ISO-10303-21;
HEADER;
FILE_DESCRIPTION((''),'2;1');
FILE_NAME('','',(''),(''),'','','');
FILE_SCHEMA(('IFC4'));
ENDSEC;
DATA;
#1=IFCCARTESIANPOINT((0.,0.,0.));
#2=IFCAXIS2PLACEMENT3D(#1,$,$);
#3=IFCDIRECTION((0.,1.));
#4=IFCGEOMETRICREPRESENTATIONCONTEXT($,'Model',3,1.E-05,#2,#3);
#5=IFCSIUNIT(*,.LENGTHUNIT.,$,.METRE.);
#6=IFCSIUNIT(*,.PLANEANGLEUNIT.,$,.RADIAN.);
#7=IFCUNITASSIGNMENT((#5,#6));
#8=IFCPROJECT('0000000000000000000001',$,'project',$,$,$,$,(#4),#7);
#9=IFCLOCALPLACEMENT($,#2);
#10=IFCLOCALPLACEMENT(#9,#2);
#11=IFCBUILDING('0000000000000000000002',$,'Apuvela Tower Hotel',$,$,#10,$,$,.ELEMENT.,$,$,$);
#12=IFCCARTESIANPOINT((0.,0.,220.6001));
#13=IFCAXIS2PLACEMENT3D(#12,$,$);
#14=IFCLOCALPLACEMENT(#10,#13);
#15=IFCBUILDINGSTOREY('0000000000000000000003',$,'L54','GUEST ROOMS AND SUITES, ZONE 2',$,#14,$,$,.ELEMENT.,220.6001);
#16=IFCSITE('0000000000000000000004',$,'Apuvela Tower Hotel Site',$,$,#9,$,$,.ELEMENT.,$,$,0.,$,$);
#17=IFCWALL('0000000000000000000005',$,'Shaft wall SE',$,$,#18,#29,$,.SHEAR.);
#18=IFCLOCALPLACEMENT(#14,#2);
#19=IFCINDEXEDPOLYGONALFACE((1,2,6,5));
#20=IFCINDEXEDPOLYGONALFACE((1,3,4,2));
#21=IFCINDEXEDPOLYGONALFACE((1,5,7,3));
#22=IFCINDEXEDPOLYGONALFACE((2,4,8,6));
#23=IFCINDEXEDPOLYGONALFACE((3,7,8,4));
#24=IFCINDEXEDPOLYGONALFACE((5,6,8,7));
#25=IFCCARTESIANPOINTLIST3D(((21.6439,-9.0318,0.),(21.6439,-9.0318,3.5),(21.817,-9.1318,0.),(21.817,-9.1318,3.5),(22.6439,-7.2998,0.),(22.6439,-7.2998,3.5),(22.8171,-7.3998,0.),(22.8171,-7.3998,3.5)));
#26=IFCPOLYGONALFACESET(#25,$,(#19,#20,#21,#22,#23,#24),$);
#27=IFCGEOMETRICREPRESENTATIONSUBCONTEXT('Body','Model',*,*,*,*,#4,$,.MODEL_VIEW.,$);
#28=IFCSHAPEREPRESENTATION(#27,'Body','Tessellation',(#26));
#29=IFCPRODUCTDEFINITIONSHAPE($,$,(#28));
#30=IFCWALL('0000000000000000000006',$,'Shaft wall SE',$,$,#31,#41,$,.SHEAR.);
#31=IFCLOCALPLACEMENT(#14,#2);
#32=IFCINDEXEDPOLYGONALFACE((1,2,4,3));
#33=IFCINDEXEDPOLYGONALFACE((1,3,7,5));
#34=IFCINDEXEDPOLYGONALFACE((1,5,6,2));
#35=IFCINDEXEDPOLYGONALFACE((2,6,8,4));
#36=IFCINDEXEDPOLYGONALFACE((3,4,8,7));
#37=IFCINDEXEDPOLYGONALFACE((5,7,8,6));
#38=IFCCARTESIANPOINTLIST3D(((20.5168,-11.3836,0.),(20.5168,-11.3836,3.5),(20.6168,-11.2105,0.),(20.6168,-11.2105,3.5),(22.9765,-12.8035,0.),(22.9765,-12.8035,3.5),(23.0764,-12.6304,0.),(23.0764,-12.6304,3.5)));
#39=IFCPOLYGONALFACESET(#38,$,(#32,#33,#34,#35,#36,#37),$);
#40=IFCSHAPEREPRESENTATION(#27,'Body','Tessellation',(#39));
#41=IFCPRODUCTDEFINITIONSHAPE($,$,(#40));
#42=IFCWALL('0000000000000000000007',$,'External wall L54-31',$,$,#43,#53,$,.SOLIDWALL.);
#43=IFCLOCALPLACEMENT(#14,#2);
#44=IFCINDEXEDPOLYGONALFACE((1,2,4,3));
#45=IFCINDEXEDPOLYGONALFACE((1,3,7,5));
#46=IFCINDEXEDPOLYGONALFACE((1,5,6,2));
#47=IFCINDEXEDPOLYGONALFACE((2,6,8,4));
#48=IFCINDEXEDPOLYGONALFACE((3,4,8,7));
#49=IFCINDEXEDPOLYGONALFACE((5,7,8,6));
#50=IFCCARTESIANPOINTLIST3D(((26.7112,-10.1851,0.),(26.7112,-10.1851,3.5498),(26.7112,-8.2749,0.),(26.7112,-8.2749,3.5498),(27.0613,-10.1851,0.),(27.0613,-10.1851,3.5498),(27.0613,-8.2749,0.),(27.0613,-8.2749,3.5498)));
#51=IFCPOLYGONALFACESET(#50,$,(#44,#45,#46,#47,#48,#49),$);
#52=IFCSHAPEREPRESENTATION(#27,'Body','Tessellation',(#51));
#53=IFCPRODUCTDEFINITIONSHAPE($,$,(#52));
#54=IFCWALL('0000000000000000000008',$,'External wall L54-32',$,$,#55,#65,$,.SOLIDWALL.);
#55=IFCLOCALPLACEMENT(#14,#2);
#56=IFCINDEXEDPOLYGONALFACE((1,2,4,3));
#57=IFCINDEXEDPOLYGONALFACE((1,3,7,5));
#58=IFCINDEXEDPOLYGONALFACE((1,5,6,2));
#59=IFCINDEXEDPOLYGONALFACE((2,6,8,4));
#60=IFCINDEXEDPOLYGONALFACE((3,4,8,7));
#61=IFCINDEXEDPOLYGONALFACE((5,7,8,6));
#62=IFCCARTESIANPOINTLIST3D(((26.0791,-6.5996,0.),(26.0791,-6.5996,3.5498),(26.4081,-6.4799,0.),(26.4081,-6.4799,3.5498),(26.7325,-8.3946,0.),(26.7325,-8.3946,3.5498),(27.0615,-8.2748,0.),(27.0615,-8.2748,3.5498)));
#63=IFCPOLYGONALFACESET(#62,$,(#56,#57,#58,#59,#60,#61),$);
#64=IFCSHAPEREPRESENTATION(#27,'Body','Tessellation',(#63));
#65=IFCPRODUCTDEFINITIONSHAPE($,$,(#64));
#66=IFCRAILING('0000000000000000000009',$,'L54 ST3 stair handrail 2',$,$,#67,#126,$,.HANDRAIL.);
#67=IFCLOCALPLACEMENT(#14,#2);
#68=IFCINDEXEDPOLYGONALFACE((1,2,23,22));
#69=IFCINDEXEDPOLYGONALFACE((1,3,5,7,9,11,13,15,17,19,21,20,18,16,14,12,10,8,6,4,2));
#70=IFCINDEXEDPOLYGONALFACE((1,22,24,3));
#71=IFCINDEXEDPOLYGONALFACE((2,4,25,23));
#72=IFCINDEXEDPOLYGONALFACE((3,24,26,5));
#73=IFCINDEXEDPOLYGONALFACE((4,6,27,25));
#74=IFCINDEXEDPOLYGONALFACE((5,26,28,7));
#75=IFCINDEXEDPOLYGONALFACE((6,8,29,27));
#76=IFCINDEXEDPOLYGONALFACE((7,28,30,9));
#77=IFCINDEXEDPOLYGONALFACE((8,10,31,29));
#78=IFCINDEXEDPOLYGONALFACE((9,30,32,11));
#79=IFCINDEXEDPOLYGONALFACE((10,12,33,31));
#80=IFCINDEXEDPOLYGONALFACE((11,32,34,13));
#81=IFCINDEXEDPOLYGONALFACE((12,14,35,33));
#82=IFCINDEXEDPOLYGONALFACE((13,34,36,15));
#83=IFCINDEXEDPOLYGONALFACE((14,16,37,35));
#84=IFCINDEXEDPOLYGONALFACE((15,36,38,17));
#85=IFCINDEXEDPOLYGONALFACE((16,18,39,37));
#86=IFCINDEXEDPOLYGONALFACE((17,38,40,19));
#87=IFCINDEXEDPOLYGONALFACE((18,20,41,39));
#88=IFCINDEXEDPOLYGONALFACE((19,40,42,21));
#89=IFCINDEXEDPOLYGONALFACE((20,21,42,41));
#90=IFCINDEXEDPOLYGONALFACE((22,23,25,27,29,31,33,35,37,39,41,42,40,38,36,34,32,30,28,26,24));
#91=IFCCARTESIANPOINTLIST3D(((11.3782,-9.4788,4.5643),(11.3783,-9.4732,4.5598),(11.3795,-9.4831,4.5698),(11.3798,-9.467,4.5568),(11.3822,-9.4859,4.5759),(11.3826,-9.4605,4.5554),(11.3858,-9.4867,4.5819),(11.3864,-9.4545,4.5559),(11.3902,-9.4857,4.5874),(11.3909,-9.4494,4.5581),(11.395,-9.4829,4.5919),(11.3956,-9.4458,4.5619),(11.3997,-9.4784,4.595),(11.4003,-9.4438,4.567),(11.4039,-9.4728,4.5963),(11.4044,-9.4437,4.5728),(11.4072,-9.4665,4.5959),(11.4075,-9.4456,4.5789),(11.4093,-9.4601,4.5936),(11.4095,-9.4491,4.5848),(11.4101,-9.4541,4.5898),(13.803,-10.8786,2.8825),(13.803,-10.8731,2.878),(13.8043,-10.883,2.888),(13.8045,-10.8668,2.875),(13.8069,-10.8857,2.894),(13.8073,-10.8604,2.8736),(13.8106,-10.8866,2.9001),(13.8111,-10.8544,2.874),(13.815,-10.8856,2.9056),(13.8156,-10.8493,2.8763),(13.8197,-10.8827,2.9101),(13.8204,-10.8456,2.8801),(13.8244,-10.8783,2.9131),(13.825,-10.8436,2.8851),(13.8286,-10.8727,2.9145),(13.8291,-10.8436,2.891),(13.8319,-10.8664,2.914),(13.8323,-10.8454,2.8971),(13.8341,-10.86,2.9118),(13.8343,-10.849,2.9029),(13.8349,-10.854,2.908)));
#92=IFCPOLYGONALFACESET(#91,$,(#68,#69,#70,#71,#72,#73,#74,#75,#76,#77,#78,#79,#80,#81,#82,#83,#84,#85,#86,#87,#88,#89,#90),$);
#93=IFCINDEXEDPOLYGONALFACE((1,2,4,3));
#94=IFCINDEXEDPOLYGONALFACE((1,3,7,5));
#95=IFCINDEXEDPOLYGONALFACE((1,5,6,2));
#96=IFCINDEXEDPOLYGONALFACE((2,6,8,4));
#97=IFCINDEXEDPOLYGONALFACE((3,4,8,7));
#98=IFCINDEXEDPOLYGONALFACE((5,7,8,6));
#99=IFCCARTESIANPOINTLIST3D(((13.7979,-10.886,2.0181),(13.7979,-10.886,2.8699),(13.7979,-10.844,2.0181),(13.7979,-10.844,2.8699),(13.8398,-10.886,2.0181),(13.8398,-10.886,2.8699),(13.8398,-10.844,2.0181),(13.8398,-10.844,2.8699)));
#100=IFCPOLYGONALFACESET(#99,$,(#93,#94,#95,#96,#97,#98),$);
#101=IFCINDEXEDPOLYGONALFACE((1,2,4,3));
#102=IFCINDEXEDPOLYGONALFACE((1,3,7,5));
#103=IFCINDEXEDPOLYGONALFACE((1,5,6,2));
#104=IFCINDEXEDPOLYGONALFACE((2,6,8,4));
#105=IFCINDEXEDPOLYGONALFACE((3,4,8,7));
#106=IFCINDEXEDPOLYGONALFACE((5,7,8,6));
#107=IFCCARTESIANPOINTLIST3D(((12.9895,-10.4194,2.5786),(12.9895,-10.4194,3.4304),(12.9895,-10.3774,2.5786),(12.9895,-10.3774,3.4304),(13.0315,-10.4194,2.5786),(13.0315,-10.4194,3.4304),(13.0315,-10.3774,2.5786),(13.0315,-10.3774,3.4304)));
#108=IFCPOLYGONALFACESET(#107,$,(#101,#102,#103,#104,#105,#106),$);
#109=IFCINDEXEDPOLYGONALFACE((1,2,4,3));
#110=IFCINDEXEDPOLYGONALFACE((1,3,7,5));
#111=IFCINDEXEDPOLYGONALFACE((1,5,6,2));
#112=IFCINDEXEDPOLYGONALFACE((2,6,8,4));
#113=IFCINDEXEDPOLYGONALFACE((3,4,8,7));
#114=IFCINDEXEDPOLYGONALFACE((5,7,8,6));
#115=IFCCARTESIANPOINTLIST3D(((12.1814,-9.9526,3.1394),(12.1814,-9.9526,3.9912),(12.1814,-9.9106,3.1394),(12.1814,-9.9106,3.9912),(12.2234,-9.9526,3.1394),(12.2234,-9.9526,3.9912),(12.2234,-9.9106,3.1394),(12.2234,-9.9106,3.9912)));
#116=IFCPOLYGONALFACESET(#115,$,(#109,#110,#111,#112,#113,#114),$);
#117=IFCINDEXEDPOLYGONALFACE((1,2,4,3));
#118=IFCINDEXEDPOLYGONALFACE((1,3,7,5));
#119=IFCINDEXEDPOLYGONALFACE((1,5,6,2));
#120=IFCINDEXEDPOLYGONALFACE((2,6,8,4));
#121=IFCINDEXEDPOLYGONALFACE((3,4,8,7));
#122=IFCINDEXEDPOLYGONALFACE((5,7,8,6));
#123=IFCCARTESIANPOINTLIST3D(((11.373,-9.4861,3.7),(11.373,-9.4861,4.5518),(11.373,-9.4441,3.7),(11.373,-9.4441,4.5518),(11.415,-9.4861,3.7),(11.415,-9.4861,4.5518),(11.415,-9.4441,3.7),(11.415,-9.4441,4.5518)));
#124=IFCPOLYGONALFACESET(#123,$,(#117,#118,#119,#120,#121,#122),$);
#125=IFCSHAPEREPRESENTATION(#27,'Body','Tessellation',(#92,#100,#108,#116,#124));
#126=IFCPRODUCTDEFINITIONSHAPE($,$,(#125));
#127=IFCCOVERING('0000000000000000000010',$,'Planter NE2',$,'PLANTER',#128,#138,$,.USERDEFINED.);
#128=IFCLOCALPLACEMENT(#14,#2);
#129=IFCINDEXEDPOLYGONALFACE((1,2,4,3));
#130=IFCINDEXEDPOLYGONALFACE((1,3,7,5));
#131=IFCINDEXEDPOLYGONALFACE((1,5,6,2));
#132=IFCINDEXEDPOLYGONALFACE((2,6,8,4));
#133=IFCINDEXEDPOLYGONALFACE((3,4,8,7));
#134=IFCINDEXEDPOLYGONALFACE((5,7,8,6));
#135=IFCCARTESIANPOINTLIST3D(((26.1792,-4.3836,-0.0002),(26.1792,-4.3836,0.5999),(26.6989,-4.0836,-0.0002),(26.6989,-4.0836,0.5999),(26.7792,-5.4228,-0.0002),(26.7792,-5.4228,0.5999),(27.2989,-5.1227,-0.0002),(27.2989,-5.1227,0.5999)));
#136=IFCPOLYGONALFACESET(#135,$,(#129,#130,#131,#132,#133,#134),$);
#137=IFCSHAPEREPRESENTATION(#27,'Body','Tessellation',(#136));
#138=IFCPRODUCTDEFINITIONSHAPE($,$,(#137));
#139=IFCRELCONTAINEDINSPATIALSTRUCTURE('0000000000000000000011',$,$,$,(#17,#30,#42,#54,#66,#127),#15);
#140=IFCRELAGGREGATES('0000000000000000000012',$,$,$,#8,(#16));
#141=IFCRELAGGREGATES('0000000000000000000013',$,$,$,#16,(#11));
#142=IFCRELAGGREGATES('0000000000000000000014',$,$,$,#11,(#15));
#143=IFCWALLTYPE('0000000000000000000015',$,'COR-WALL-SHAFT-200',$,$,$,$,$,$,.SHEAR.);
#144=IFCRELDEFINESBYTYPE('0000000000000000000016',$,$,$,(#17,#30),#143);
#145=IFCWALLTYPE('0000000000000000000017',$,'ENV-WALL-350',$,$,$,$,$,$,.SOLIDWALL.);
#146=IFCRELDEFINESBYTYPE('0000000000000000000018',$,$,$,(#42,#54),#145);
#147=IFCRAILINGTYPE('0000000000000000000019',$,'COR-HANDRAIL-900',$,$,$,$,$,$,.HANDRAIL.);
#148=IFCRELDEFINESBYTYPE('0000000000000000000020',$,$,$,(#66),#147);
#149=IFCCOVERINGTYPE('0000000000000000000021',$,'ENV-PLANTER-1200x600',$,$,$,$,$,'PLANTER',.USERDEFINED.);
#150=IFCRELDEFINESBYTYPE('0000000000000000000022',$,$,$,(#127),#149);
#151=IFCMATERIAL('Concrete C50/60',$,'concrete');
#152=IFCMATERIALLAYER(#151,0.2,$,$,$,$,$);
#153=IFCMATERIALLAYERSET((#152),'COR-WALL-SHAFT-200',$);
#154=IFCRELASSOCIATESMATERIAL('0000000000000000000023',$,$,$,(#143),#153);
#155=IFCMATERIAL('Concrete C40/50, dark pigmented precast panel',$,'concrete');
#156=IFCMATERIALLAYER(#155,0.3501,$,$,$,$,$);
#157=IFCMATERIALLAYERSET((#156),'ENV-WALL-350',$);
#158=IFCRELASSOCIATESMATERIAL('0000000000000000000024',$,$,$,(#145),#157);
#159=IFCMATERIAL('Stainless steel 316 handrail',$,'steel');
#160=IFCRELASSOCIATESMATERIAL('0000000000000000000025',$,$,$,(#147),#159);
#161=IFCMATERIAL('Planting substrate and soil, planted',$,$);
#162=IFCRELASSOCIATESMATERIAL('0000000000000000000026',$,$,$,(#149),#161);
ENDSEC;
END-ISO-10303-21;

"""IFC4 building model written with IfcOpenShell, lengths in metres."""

from ifc_helpers import new_model, si_unit, direction, frame, frame_2d, origin, origin_2d, place, context, subcontext, project, spatial, rectangle, circle, extrude, material, layer, layer_set, type_object, element, save


model = new_model("IFC4")

# Units and contexts
model_context = context("Model", 3, precision=1e-05, world=origin(), true_north=direction((0.0, 1.0)))
body_context = subcontext(model_context, "Body", "Model", "MODEL_VIEW")
ifc_project = project(units=[si_unit("LENGTHUNIT", "METRE"), si_unit("PLANEANGLEUNIT", "RADIAN")], contexts=[model_context])

# Site, building, storey
site_placement = place(None, origin())
site = spatial("IfcSite", under=ifc_project, at=site_placement, Name="Apuvela Tower Hotel Site", CompositionType="ELEMENT", RefElevation=0.0)
building_placement = place(site_placement, origin())
building = spatial("IfcBuilding", under=site, at=building_placement, Name="Apuvela Tower Hotel", CompositionType="ELEMENT")
storey_placement = place(building_placement, frame((0.0, 0.0, 220.6001)))
storey = spatial("IfcBuildingStorey", under=building, at=storey_placement, Name="L54", Description="GUEST ROOMS AND SUITES, ZONE 2", CompositionType="ELEMENT", Elevation=220.6001)

# Walls
ifc_material_1 = material(Name="Concrete C50/60", Category="concrete")
ifc_layer_1 = layer(ifc_material_1, 0.2)
ifc_layer_set_1 = layer_set([ifc_layer_1], Name="COR-WALL-SHAFT-200")
wall_type_1 = type_object("IfcWallType", Name="COR-WALL-SHAFT-200", PredefinedType="SHEAR", material=ifc_layer_set_1)
for number, where, z_axis, x_axis, name in (
    (1, (21.7305, -9.0818, 0.0), (0.0, 0.0, 1.0), (0.500025, 0.866011, 0.0), "Shaft wall SE"),
):
    element("IfcWall", number, at=place(storey_placement, frame(where, z_axis=z_axis, x_axis=x_axis)), inside=storey, type_object=wall_type_1, Name=name, PredefinedType="SHEAR", context=body_context, shape_type="SweptSolid", body=[
        extrude(rectangle(XDim=2.0, YDim=0.2, at=frame_2d((1.0, 0.0))), origin(), (0.0, 0.0, 1.0), 3.5),
    ])
wall_1_placement = place(storey_placement, frame((20.5669, -11.2971, 0.0), z_axis=(0.0, 0.0, 1.0), x_axis=(0.866055, -0.499948, 0.0)))
element("IfcWall", 2, at=wall_1_placement, inside=storey, type_object=wall_type_1, Name="Shaft wall SE", PredefinedType="SHEAR", context=body_context, shape_type="SweptSolid", body=[
    extrude(rectangle(XDim=2.8401, YDim=0.2, at=frame_2d((1.4199, 0.0))), origin(), (0.0, 0.0, 1.0), 3.5),
])
ifc_material_2 = material(Name="Concrete C40/50, dark pigmented precast panel", Category="concrete")
ifc_layer_2 = layer(ifc_material_2, 0.3501)
ifc_layer_set_2 = layer_set([ifc_layer_2], Name="ENV-WALL-350")
wall_type_2 = type_object("IfcWallType", Name="ENV-WALL-350", PredefinedType="SOLIDWALL", material=ifc_layer_set_2)
for number, where, z_axis, x_axis, name in (
    (3, (26.8862, -10.1851, 0.0), (0.0, 0.0, 1.0), (0.0, 1.0, 0.0), "External wall L54-31"),
    (4, (26.897, -8.3347, 0.0), (0.0, 0.0, 1.0), (-0.34203, 0.939689, 0.0), "External wall L54-32"),
):
    element("IfcWall", number, at=place(storey_placement, frame(where, z_axis=z_axis, x_axis=x_axis)), inside=storey, type_object=wall_type_2, Name=name, PredefinedType="SOLIDWALL", context=body_context, shape_type="SweptSolid", body=[
        extrude(rectangle(XDim=1.9102, YDim=0.3501, at=frame_2d((0.9551, 0.0))), origin(), (0.0, 0.0, 1.0), 3.5498),
    ])

# Railing
ifc_material_3 = material(Name="Stainless steel 316 handrail", Category="steel")
railing_type_1 = type_object("IfcRailingType", Name="COR-HANDRAIL-900", PredefinedType="HANDRAIL", material=ifc_material_3)
railing_1_placement = place(storey_placement, frame((13.8188, -10.865, 2.0181)))
element("IfcRailing", 5, at=railing_1_placement, inside=storey, type_object=railing_type_1, Name="L54 ST3 stair handrail 2", PredefinedType="HANDRAIL", context=body_context, shape_type="SweptSolid", body=[
    extrude(circle(Radius=0.0239, at=origin_2d()), frame((0.0, 0.0, 0.876), z_axis=(-0.74239, 0.428601, 0.514934), x_axis=(-0.499984, -0.866035, 0.0)), (0.0, 0.0, 1.0), 3.2661),
    extrude(rectangle(XDim=0.042, YDim=0.042, at=origin_2d()), origin(), (0.0, 0.0, 1.0), 0.8518),
    extrude(rectangle(XDim=0.042, YDim=0.042, at=origin_2d()), frame((-0.8083, 0.4666, 0.5605)), (0.0, 0.0, 1.0), 0.8518),
    extrude(rectangle(XDim=0.042, YDim=0.042, at=origin_2d()), frame((-1.6165, 0.9333, 1.1213)), (0.0, 0.0, 1.0), 0.8518),
    extrude(rectangle(XDim=0.042, YDim=0.042, at=origin_2d()), frame((-2.4248, 1.3999, 1.6819)), (0.0, 0.0, 1.0), 0.8518),
])

# Covering
ifc_material_4 = material(Name="Planting substrate and soil, planted")
covering_type = type_object("IfcCoveringType", Name="ENV-PLANTER-1200x600", ElementType="PLANTER", PredefinedType="USERDEFINED", material=ifc_material_4)
covering_placement = place(storey_placement, frame((26.739, -4.7532, -0.0002), z_axis=(0.0, 0.0, 1.0), x_axis=(-0.5, 0.866025, 0.0)))
element("IfcCovering", 6, at=covering_placement, inside=storey, type_object=covering_type, Name="Planter NE2", ObjectType="PLANTER", PredefinedType="USERDEFINED", context=body_context, shape_type="SweptSolid", body=[
    extrude(rectangle(XDim=1.2, YDim=0.6001, at=origin_2d()), origin(), (0.0, 0.0, 1.0), 0.6001),
])

save(model, "model.ifc")
